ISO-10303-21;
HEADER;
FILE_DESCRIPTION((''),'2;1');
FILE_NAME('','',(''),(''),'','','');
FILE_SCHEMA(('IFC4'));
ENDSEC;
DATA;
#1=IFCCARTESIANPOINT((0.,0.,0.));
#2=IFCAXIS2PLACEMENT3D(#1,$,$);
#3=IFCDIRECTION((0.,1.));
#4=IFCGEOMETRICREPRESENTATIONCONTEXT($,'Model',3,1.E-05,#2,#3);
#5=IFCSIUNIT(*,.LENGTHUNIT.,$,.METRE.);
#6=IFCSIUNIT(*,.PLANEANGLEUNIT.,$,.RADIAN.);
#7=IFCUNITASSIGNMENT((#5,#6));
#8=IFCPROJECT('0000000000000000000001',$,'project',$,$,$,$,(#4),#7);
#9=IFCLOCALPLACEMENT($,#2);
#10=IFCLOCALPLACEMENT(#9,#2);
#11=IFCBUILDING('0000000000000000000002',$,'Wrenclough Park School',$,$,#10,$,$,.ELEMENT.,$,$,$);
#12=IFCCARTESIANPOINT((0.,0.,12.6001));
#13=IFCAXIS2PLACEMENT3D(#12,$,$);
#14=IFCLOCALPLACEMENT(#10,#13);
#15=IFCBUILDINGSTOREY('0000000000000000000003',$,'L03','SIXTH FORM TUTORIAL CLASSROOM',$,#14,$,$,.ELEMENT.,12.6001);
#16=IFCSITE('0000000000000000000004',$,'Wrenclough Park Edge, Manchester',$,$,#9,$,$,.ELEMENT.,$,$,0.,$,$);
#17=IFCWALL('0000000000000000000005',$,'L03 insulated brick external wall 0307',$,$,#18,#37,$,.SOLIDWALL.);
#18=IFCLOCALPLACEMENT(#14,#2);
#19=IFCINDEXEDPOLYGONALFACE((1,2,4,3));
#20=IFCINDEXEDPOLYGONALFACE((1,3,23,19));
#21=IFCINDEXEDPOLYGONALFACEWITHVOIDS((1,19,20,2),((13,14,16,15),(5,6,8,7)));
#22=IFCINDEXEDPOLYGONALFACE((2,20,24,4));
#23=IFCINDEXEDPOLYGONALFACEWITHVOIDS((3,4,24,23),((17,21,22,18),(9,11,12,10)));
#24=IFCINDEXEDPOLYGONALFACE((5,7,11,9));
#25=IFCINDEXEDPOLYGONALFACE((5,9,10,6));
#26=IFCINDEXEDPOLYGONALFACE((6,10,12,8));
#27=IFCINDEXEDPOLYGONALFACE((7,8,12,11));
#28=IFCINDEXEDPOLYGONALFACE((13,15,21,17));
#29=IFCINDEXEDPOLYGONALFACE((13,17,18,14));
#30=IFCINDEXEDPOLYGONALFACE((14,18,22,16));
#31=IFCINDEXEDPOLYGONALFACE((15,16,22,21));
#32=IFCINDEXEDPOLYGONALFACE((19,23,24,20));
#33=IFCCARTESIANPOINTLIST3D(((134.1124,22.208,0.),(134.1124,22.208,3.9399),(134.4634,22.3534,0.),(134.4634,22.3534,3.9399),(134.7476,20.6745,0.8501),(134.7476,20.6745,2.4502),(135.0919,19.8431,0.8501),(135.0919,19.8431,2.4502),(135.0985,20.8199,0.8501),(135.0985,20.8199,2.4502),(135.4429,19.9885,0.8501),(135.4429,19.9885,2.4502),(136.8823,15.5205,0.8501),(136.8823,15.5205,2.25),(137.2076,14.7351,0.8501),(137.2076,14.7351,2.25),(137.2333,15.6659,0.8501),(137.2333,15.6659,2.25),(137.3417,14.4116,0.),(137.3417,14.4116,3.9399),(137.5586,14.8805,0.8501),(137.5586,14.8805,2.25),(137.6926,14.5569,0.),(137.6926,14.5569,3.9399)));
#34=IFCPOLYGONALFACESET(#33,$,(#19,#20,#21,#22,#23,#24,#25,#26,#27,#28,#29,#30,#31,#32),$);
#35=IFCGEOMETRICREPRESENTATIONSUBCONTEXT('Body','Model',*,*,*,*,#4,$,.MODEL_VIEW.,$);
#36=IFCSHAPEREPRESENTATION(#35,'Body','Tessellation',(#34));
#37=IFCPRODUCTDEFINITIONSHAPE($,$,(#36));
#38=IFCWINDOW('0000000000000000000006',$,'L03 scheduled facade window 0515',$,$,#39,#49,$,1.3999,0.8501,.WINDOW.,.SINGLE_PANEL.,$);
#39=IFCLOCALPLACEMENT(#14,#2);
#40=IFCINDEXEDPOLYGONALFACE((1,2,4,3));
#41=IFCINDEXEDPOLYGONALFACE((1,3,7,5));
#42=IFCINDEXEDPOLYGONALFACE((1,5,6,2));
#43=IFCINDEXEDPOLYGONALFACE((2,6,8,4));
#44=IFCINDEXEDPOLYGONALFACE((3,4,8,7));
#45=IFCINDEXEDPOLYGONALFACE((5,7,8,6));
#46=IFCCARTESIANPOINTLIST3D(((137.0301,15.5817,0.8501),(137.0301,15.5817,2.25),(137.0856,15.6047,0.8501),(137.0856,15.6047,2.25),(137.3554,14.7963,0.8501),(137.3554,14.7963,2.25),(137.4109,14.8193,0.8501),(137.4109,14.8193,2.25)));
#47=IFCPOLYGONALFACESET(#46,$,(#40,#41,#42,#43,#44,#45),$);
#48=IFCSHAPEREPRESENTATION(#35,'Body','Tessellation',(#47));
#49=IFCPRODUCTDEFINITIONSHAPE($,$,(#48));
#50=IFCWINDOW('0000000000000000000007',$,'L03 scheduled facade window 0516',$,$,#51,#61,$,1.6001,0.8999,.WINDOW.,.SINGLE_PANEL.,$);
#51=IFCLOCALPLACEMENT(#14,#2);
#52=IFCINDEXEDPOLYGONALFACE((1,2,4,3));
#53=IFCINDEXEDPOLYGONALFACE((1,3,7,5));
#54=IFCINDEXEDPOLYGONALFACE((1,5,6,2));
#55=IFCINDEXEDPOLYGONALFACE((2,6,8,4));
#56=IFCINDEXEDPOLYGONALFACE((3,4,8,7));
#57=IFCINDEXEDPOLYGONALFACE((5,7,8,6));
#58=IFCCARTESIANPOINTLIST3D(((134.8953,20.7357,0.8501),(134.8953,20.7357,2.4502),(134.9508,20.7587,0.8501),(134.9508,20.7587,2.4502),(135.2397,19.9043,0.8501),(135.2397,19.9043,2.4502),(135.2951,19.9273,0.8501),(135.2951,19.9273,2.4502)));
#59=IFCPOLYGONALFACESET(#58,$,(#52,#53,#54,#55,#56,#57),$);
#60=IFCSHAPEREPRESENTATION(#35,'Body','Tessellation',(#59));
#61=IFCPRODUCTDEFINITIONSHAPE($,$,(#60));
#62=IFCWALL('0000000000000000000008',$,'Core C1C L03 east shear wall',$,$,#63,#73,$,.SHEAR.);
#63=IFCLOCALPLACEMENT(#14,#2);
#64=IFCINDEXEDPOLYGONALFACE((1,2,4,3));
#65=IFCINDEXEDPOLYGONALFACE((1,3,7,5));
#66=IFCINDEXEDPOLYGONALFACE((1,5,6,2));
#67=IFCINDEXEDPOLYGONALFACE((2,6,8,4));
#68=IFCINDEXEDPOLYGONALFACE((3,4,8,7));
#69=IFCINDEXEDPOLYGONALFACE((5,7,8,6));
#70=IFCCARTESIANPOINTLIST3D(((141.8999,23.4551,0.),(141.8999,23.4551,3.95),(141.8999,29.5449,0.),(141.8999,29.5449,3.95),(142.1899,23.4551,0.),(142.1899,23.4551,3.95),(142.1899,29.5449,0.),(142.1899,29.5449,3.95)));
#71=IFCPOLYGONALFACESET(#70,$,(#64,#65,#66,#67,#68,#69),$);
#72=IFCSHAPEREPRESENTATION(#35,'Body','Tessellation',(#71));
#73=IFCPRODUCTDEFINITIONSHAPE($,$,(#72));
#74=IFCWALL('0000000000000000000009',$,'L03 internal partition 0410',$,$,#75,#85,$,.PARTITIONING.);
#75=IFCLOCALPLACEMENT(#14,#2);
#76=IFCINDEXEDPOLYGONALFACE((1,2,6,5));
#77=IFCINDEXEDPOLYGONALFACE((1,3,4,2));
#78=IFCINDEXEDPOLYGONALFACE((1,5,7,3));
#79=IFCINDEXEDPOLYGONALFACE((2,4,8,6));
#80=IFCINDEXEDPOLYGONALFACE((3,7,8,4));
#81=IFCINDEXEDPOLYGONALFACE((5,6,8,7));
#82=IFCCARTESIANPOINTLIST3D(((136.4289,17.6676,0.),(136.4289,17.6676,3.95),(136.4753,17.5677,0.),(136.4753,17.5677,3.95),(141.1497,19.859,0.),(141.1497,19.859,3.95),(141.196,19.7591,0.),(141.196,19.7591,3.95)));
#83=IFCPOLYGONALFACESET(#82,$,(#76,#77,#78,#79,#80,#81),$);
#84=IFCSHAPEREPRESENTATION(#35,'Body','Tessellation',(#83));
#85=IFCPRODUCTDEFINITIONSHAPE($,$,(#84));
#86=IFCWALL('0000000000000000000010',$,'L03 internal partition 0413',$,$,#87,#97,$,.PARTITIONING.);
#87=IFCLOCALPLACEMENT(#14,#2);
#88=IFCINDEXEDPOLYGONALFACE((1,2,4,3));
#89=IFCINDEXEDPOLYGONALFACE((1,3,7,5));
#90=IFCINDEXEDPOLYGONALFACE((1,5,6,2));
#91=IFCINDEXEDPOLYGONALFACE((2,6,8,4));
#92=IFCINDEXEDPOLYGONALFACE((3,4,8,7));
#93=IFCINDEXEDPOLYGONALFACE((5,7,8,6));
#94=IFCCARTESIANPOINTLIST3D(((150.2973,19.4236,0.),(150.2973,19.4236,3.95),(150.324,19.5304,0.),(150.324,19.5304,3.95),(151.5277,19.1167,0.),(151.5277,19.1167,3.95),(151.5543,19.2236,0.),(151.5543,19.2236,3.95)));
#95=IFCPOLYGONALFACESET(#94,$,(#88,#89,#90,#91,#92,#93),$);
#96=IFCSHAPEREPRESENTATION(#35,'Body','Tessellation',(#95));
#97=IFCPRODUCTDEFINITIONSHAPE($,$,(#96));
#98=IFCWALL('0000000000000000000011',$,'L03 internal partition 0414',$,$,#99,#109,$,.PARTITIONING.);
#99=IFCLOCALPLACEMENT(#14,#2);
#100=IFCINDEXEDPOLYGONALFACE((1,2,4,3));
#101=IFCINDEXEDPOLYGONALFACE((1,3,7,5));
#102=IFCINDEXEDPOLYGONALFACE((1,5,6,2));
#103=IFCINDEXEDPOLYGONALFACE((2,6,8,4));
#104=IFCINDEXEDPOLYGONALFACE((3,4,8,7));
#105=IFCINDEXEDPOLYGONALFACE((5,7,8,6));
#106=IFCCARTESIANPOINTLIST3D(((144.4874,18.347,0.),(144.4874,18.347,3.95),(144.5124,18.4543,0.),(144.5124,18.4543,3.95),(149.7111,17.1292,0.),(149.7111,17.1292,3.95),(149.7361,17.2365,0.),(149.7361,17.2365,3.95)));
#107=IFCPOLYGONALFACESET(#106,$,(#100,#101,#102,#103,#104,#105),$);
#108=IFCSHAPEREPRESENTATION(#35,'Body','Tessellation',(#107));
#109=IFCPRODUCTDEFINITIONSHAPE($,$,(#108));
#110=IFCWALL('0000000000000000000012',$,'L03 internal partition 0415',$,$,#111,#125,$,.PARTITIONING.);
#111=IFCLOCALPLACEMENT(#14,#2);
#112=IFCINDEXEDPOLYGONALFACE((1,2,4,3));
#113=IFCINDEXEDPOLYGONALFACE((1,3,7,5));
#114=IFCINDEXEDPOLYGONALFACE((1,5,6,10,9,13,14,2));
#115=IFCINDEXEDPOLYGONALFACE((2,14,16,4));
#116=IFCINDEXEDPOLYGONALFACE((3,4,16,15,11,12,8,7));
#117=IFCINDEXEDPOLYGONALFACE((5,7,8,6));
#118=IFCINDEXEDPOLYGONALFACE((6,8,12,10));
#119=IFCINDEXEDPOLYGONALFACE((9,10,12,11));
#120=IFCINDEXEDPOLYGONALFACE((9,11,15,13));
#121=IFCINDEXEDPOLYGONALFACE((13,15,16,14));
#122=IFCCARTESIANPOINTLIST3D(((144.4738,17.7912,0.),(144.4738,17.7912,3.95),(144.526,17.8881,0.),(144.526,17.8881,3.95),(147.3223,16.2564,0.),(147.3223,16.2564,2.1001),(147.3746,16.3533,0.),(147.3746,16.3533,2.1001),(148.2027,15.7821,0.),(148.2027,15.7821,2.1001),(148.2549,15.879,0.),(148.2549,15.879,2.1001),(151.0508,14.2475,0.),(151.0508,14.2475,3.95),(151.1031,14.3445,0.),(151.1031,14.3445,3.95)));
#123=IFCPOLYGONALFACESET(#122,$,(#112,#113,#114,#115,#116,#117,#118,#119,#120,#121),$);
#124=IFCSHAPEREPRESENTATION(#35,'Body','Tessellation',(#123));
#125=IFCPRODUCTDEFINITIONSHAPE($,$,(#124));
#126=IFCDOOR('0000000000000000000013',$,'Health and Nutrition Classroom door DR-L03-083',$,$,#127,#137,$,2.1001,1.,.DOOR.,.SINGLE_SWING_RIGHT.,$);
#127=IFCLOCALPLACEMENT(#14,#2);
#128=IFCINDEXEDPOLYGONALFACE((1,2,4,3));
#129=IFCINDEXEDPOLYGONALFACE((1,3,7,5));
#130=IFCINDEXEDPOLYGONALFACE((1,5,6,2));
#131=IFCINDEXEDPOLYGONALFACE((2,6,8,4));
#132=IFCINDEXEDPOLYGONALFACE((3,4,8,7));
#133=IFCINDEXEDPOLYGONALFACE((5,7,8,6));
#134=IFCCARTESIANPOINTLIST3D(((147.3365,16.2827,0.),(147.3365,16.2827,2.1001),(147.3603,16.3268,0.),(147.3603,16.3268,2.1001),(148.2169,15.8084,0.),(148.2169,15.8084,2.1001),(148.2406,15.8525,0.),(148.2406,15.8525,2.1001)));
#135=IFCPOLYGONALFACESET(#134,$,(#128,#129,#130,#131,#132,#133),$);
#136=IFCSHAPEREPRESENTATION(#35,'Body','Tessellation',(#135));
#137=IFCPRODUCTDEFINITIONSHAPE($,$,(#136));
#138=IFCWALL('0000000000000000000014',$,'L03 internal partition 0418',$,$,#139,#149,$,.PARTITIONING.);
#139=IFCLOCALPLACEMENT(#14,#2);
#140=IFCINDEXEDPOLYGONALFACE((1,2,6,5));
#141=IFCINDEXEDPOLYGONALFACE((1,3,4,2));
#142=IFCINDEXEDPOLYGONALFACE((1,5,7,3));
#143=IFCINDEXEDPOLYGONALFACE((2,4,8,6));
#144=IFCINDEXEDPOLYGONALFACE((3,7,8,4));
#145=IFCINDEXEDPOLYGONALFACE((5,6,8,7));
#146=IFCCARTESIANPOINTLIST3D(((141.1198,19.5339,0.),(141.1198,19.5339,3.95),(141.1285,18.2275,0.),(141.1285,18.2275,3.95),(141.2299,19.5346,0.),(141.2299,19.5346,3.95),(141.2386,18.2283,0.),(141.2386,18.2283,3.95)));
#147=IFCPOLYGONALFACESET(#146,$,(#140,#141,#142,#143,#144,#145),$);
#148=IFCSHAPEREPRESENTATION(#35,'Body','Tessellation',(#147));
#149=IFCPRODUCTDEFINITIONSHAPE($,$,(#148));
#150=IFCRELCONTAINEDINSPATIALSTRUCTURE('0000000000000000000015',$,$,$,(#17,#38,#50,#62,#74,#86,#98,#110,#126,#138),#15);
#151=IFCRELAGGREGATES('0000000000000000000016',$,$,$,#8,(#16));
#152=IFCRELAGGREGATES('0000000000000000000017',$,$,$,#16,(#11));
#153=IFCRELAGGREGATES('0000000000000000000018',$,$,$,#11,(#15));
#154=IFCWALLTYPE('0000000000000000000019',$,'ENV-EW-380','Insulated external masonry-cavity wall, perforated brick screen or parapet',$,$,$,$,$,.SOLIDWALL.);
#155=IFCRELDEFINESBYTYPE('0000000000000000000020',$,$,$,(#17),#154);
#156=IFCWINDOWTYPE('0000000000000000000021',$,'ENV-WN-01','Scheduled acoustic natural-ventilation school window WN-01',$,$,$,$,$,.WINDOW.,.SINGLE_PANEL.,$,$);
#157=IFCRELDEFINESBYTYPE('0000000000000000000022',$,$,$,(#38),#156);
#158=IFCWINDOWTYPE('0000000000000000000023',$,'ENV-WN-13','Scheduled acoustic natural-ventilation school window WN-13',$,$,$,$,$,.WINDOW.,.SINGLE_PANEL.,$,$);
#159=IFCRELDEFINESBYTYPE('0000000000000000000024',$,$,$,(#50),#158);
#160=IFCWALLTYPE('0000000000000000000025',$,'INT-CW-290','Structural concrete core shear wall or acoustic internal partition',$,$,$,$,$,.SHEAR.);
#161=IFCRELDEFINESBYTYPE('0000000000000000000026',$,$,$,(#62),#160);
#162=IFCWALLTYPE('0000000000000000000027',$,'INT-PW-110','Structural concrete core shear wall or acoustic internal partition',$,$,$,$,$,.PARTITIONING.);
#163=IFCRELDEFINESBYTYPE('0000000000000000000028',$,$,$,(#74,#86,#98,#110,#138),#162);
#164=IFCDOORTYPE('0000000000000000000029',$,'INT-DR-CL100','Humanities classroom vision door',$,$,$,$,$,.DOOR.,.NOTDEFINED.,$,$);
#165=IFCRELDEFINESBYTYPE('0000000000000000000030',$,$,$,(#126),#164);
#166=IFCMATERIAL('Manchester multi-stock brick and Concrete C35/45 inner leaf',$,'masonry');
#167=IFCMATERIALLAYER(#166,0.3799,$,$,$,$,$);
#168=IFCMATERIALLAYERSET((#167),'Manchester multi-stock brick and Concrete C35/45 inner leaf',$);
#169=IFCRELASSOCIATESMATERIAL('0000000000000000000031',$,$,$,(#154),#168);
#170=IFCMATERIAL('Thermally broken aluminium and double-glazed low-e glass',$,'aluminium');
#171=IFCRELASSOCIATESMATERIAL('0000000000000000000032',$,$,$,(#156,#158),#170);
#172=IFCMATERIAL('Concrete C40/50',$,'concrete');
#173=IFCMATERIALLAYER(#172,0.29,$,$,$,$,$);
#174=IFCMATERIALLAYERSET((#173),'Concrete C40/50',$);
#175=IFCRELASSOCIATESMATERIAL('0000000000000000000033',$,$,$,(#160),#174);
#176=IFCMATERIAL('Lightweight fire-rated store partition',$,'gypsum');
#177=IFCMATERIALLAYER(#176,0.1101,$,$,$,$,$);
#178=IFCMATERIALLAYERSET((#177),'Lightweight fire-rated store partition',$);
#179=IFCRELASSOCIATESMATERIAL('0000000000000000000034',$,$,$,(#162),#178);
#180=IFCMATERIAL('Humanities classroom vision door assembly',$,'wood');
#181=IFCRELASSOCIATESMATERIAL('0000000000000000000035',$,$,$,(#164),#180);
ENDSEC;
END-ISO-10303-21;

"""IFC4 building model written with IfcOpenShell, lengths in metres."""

from ifc_helpers import new_model, si_unit, direction, frame, frame_2d, origin, place, context, subcontext, project, spatial, rectangle, extrude, material, layer, layer_set, type_object, element, fill, save


model = new_model("IFC4")

# Units and contexts
model_context = context("Model", 3, precision=1e-05, world=origin(), true_north=direction((0.0, 1.0)))
body_context = subcontext(model_context, "Body", "Model", "MODEL_VIEW")
ifc_project = project(units=[si_unit("LENGTHUNIT", "METRE"), si_unit("PLANEANGLEUNIT", "RADIAN")], contexts=[model_context])

# Site, building, storey
site_placement = place(None, origin())
site = spatial("IfcSite", under=ifc_project, at=site_placement, Name="Wrenclough Park Edge, Manchester", CompositionType="ELEMENT", RefElevation=0.0)
building_placement = place(site_placement, origin())
building = spatial("IfcBuilding", under=site, at=building_placement, Name="Wrenclough Park School", CompositionType="ELEMENT")
storey_placement = place(building_placement, frame((0.0, 0.0, 12.6001)))
storey = spatial("IfcBuildingStorey", under=building, at=storey_placement, Name="L03", Description="SIXTH FORM TUTORIAL CLASSROOM", CompositionType="ELEMENT", Elevation=12.6001)

# Shared definitions
ifc_material_1 = material(Name="Concrete C40/50", Category="concrete")

# Wall, openings, windows
ifc_material_2 = material(Name="Manchester multi-stock brick and Concrete C35/45 inner leaf", Category="masonry")
ifc_layer_1 = layer(ifc_material_2, 0.3799)
ifc_layer_set_1 = layer_set([ifc_layer_1], Name="Manchester multi-stock brick and Concrete C35/45 inner leaf")
wall_type_1 = type_object("IfcWallType", Name="ENV-EW-380", Description="Insulated external masonry-cavity wall, perforated brick screen or parapet", PredefinedType="SOLIDWALL", material=ifc_layer_set_1)
wall_1_placement = place(storey_placement, frame((137.5171, 14.4844, 0.0), z_axis=(0.0, 0.0, 1.0), x_axis=(-0.382671, 0.923885, 0.0)))
wall_1 = element("IfcWall", 1, at=wall_1_placement, inside=storey, type_object=wall_type_1, Name="L03 insulated brick external wall 0307", PredefinedType="SOLIDWALL", context=body_context, shape_type="SweptSolid", body=[
    extrude(rectangle(XDim=8.4387, YDim=0.3799, at=frame_2d((4.2192, 0.0))), origin(), (0.0, 0.0, 1.0), 3.9399),
])
opening_1_placement = place(wall_1_placement, frame((0.3501, 0.0, 0.8501)))
opening_1 = element("IfcOpeningElement", 2, at=opening_1_placement, cuts=wall_1, PredefinedType="OPENING", context=body_context, shape_type="SweptSolid", body=[
    extrude(rectangle(XDim=0.8501, YDim=1.3999, at=frame_2d((0.425, 0.7))), frame((0.0, 0.2, 0.0), z_axis=(0.0, -1.0, 0.0), x_axis=(1.0, 0.0, 0.0)), (0.0, 0.0, 1.0), 0.3999),
])
opening_2_placement = place(wall_1_placement, frame((5.8789, 0.0, 0.8501)))
opening_2 = element("IfcOpeningElement", 3, at=opening_2_placement, cuts=wall_1, PredefinedType="OPENING", context=body_context, shape_type="SweptSolid", body=[
    extrude(rectangle(XDim=0.8999, YDim=1.6001, at=frame_2d((0.45, 0.8))), frame((0.0, 0.2, 0.0), z_axis=(0.0, -1.0, 0.0), x_axis=(1.0, 0.0, 0.0)), (0.0, 0.0, 1.0), 0.3999),
])
ifc_material_3 = material(Name="Thermally broken aluminium and double-glazed low-e glass", Category="aluminium")
window_type_1 = type_object("IfcWindowType", Name="ENV-WN-01", Description="Scheduled acoustic natural-ventilation school window WN-01", PartitioningType="SINGLE_PANEL", PredefinedType="WINDOW", material=ifc_material_3)
window_1_placement = place(opening_1_placement, origin())
window_1 = element("IfcWindow", 4, at=window_1_placement, inside=storey, type_object=window_type_1, Name="L03 scheduled facade window 0515", OverallHeight=1.3999, OverallWidth=0.8501, PartitioningType="SINGLE_PANEL", PredefinedType="WINDOW", context=body_context, shape_type="SweptSolid", body=[
    extrude(rectangle(XDim=0.8501, YDim=1.3999, at=frame_2d((0.425, 0.7))), frame((0.0, 0.03, 0.0), z_axis=(0.0, -1.0, 0.0), x_axis=(1.0, 0.0, 0.0)), (0.0, 0.0, 1.0), 0.0601),
])
fill(opening_1, window_1)
window_type_2 = type_object("IfcWindowType", Name="ENV-WN-13", Description="Scheduled acoustic natural-ventilation school window WN-13", PartitioningType="SINGLE_PANEL", PredefinedType="WINDOW", material=ifc_material_3)
window_2_placement = place(opening_2_placement, origin())
window_2 = element("IfcWindow", 5, at=window_2_placement, inside=storey, type_object=window_type_2, Name="L03 scheduled facade window 0516", OverallHeight=1.6001, OverallWidth=0.8999, PartitioningType="SINGLE_PANEL", PredefinedType="WINDOW", context=body_context, shape_type="SweptSolid", body=[
    extrude(rectangle(XDim=0.8999, YDim=1.6001, at=frame_2d((0.45, 0.8))), frame((0.0, 0.03, 0.0), z_axis=(0.0, -1.0, 0.0), x_axis=(1.0, 0.0, 0.0)), (0.0, 0.0, 1.0), 0.0601),
])
fill(opening_2, window_2)

# Walls
ifc_layer_2 = layer(ifc_material_1, 0.29)
ifc_layer_set_2 = layer_set([ifc_layer_2], Name="Concrete C40/50")
wall_type_2 = type_object("IfcWallType", Name="INT-CW-290", Description="Structural concrete core shear wall or acoustic internal partition", PredefinedType="SHEAR", material=ifc_layer_set_2)
wall_2_placement = place(storey_placement, frame((142.0449, 23.4551, 0.0), z_axis=(0.0, 0.0, 1.0), x_axis=(0.0, 1.0, 0.0)))
element("IfcWall", 6, at=wall_2_placement, inside=storey, type_object=wall_type_2, Name="Core C1C L03 east shear wall", PredefinedType="SHEAR", context=body_context, shape_type="SweptSolid", body=[
    extrude(rectangle(XDim=6.0898, YDim=0.29, at=frame_2d((3.0449, 0.0))), origin(), (0.0, 0.0, 1.0), 3.95),
])
ifc_material_4 = material(Name="Lightweight fire-rated store partition", Category="gypsum")
ifc_layer_3 = layer(ifc_material_4, 0.1101)
ifc_layer_set_3 = layer_set([ifc_layer_3], Name="Lightweight fire-rated store partition")
wall_type_3 = type_object("IfcWallType", Name="INT-PW-110", Description="Structural concrete core shear wall or acoustic internal partition", PredefinedType="PARTITIONING", material=ifc_layer_set_3)
wall_3_placement = place(storey_placement, frame((141.1729, 19.8091, 0.0), z_axis=(0.0, 0.0, 1.0), x_axis=(-0.907035, -0.421056, 0.0)))
element("IfcWall", 7, at=wall_3_placement, inside=storey, type_object=wall_type_3, Name="L03 internal partition 0410", PredefinedType="PARTITIONING", context=body_context, shape_type="SweptSolid", body=[
    extrude(rectangle(XDim=5.2046, YDim=0.1101, at=frame_2d((2.6023, 0.0))), origin(), (0.0, 0.0, 1.0), 3.95),
])
wall_4_placement = place(storey_placement, frame((151.541, 19.1702, 0.0), z_axis=(0.0, 0.0, 1.0), x_axis=(-0.970278, 0.241992, 0.0)))
element("IfcWall", 8, at=wall_4_placement, inside=storey, type_object=wall_type_3, Name="L03 internal partition 0413", PredefinedType="PARTITIONING", context=body_context, shape_type="SweptSolid", body=[
    extrude(rectangle(XDim=1.2681, YDim=0.1101, at=frame_2d((0.634, 0.0))), origin(), (0.0, 0.0, 1.0), 3.95),
])
wall_5_placement = place(storey_placement, frame((149.7236, 17.1829, 0.0), z_axis=(0.0, 0.0, 1.0), x_axis=(-0.973886, 0.22704, 0.0)))
element("IfcWall", 9, at=wall_5_placement, inside=storey, type_object=wall_type_3, Name="L03 internal partition 0414", PredefinedType="PARTITIONING", context=body_context, shape_type="SweptSolid", body=[
    extrude(rectangle(XDim=5.3638, YDim=0.1101, at=frame_2d((2.6819, 0.0))), origin(), (0.0, 0.0, 1.0), 3.95),
])

# Wall, opening, door
wall_6_placement = place(storey_placement, frame((144.5, 17.8396, 0.0), z_axis=(0.0, 0.0, 1.0), x_axis=(0.88035, -0.474324, 0.0)))
wall_6 = element("IfcWall", 10, at=wall_6_placement, inside=storey, type_object=wall_type_3, Name="L03 internal partition 0415", PredefinedType="PARTITIONING", context=body_context, shape_type="SweptSolid", body=[
    extrude(rectangle(XDim=7.4709, YDim=0.1101, at=frame_2d((3.7354, 0.0))), origin(), (0.0, 0.0, 1.0), 3.95),
])
opening_3_placement = place(wall_6_placement, frame((3.2356, 0.0, 0.0)))
opening_3 = element("IfcOpeningElement", 11, at=opening_3_placement, cuts=wall_6, PredefinedType="OPENING", context=body_context, shape_type="SweptSolid", body=[
    extrude(rectangle(XDim=1.0, YDim=2.1001, at=frame_2d((0.5, 1.05))), frame((0.0, 0.0649, 0.0), z_axis=(0.0, -1.0, 0.0), x_axis=(1.0, 0.0, 0.0)), (0.0, 0.0, 1.0), 0.1301),
])
ifc_material_5 = material(Name="Humanities classroom vision door assembly", Category="wood")
door_type_1 = type_object("IfcDoorType", Name="INT-DR-CL100", Description="Humanities classroom vision door", OperationType="NOTDEFINED", PredefinedType="DOOR", material=ifc_material_5)
door_1_placement = place(opening_3_placement, origin())
door_1 = element("IfcDoor", 12, at=door_1_placement, inside=storey, type_object=door_type_1, Name="Health and Nutrition Classroom door DR-L03-083", OperationType="SINGLE_SWING_RIGHT", OverallHeight=2.1001, OverallWidth=1.0, PredefinedType="DOOR", context=body_context, shape_type="SweptSolid", body=[
    extrude(rectangle(XDim=1.0, YDim=2.1001, at=frame_2d((0.5, 1.05))), frame((0.0, 0.0249, 0.0), z_axis=(0.0, -1.0, 0.0), x_axis=(1.0, 0.0, 0.0)), (0.0, 0.0, 1.0), 0.05),
])
fill(opening_3, door_1)

# Wall
wall_7_placement = place(storey_placement, frame((141.1836, 18.2278, 0.0), z_axis=(0.0, 0.0, 1.0), x_axis=(-0.006728, 0.999977, 0.0)))
element("IfcWall", 13, at=wall_7_placement, inside=storey, type_object=wall_type_3, Name="L03 internal partition 0418", PredefinedType="PARTITIONING", context=body_context, shape_type="SweptSolid", body=[
    extrude(rectangle(XDim=1.3064, YDim=0.1101, at=frame_2d((0.6533, 0.0))), origin(), (0.0, 0.0, 1.0), 3.95),
])

save(model, "model.ifc")
